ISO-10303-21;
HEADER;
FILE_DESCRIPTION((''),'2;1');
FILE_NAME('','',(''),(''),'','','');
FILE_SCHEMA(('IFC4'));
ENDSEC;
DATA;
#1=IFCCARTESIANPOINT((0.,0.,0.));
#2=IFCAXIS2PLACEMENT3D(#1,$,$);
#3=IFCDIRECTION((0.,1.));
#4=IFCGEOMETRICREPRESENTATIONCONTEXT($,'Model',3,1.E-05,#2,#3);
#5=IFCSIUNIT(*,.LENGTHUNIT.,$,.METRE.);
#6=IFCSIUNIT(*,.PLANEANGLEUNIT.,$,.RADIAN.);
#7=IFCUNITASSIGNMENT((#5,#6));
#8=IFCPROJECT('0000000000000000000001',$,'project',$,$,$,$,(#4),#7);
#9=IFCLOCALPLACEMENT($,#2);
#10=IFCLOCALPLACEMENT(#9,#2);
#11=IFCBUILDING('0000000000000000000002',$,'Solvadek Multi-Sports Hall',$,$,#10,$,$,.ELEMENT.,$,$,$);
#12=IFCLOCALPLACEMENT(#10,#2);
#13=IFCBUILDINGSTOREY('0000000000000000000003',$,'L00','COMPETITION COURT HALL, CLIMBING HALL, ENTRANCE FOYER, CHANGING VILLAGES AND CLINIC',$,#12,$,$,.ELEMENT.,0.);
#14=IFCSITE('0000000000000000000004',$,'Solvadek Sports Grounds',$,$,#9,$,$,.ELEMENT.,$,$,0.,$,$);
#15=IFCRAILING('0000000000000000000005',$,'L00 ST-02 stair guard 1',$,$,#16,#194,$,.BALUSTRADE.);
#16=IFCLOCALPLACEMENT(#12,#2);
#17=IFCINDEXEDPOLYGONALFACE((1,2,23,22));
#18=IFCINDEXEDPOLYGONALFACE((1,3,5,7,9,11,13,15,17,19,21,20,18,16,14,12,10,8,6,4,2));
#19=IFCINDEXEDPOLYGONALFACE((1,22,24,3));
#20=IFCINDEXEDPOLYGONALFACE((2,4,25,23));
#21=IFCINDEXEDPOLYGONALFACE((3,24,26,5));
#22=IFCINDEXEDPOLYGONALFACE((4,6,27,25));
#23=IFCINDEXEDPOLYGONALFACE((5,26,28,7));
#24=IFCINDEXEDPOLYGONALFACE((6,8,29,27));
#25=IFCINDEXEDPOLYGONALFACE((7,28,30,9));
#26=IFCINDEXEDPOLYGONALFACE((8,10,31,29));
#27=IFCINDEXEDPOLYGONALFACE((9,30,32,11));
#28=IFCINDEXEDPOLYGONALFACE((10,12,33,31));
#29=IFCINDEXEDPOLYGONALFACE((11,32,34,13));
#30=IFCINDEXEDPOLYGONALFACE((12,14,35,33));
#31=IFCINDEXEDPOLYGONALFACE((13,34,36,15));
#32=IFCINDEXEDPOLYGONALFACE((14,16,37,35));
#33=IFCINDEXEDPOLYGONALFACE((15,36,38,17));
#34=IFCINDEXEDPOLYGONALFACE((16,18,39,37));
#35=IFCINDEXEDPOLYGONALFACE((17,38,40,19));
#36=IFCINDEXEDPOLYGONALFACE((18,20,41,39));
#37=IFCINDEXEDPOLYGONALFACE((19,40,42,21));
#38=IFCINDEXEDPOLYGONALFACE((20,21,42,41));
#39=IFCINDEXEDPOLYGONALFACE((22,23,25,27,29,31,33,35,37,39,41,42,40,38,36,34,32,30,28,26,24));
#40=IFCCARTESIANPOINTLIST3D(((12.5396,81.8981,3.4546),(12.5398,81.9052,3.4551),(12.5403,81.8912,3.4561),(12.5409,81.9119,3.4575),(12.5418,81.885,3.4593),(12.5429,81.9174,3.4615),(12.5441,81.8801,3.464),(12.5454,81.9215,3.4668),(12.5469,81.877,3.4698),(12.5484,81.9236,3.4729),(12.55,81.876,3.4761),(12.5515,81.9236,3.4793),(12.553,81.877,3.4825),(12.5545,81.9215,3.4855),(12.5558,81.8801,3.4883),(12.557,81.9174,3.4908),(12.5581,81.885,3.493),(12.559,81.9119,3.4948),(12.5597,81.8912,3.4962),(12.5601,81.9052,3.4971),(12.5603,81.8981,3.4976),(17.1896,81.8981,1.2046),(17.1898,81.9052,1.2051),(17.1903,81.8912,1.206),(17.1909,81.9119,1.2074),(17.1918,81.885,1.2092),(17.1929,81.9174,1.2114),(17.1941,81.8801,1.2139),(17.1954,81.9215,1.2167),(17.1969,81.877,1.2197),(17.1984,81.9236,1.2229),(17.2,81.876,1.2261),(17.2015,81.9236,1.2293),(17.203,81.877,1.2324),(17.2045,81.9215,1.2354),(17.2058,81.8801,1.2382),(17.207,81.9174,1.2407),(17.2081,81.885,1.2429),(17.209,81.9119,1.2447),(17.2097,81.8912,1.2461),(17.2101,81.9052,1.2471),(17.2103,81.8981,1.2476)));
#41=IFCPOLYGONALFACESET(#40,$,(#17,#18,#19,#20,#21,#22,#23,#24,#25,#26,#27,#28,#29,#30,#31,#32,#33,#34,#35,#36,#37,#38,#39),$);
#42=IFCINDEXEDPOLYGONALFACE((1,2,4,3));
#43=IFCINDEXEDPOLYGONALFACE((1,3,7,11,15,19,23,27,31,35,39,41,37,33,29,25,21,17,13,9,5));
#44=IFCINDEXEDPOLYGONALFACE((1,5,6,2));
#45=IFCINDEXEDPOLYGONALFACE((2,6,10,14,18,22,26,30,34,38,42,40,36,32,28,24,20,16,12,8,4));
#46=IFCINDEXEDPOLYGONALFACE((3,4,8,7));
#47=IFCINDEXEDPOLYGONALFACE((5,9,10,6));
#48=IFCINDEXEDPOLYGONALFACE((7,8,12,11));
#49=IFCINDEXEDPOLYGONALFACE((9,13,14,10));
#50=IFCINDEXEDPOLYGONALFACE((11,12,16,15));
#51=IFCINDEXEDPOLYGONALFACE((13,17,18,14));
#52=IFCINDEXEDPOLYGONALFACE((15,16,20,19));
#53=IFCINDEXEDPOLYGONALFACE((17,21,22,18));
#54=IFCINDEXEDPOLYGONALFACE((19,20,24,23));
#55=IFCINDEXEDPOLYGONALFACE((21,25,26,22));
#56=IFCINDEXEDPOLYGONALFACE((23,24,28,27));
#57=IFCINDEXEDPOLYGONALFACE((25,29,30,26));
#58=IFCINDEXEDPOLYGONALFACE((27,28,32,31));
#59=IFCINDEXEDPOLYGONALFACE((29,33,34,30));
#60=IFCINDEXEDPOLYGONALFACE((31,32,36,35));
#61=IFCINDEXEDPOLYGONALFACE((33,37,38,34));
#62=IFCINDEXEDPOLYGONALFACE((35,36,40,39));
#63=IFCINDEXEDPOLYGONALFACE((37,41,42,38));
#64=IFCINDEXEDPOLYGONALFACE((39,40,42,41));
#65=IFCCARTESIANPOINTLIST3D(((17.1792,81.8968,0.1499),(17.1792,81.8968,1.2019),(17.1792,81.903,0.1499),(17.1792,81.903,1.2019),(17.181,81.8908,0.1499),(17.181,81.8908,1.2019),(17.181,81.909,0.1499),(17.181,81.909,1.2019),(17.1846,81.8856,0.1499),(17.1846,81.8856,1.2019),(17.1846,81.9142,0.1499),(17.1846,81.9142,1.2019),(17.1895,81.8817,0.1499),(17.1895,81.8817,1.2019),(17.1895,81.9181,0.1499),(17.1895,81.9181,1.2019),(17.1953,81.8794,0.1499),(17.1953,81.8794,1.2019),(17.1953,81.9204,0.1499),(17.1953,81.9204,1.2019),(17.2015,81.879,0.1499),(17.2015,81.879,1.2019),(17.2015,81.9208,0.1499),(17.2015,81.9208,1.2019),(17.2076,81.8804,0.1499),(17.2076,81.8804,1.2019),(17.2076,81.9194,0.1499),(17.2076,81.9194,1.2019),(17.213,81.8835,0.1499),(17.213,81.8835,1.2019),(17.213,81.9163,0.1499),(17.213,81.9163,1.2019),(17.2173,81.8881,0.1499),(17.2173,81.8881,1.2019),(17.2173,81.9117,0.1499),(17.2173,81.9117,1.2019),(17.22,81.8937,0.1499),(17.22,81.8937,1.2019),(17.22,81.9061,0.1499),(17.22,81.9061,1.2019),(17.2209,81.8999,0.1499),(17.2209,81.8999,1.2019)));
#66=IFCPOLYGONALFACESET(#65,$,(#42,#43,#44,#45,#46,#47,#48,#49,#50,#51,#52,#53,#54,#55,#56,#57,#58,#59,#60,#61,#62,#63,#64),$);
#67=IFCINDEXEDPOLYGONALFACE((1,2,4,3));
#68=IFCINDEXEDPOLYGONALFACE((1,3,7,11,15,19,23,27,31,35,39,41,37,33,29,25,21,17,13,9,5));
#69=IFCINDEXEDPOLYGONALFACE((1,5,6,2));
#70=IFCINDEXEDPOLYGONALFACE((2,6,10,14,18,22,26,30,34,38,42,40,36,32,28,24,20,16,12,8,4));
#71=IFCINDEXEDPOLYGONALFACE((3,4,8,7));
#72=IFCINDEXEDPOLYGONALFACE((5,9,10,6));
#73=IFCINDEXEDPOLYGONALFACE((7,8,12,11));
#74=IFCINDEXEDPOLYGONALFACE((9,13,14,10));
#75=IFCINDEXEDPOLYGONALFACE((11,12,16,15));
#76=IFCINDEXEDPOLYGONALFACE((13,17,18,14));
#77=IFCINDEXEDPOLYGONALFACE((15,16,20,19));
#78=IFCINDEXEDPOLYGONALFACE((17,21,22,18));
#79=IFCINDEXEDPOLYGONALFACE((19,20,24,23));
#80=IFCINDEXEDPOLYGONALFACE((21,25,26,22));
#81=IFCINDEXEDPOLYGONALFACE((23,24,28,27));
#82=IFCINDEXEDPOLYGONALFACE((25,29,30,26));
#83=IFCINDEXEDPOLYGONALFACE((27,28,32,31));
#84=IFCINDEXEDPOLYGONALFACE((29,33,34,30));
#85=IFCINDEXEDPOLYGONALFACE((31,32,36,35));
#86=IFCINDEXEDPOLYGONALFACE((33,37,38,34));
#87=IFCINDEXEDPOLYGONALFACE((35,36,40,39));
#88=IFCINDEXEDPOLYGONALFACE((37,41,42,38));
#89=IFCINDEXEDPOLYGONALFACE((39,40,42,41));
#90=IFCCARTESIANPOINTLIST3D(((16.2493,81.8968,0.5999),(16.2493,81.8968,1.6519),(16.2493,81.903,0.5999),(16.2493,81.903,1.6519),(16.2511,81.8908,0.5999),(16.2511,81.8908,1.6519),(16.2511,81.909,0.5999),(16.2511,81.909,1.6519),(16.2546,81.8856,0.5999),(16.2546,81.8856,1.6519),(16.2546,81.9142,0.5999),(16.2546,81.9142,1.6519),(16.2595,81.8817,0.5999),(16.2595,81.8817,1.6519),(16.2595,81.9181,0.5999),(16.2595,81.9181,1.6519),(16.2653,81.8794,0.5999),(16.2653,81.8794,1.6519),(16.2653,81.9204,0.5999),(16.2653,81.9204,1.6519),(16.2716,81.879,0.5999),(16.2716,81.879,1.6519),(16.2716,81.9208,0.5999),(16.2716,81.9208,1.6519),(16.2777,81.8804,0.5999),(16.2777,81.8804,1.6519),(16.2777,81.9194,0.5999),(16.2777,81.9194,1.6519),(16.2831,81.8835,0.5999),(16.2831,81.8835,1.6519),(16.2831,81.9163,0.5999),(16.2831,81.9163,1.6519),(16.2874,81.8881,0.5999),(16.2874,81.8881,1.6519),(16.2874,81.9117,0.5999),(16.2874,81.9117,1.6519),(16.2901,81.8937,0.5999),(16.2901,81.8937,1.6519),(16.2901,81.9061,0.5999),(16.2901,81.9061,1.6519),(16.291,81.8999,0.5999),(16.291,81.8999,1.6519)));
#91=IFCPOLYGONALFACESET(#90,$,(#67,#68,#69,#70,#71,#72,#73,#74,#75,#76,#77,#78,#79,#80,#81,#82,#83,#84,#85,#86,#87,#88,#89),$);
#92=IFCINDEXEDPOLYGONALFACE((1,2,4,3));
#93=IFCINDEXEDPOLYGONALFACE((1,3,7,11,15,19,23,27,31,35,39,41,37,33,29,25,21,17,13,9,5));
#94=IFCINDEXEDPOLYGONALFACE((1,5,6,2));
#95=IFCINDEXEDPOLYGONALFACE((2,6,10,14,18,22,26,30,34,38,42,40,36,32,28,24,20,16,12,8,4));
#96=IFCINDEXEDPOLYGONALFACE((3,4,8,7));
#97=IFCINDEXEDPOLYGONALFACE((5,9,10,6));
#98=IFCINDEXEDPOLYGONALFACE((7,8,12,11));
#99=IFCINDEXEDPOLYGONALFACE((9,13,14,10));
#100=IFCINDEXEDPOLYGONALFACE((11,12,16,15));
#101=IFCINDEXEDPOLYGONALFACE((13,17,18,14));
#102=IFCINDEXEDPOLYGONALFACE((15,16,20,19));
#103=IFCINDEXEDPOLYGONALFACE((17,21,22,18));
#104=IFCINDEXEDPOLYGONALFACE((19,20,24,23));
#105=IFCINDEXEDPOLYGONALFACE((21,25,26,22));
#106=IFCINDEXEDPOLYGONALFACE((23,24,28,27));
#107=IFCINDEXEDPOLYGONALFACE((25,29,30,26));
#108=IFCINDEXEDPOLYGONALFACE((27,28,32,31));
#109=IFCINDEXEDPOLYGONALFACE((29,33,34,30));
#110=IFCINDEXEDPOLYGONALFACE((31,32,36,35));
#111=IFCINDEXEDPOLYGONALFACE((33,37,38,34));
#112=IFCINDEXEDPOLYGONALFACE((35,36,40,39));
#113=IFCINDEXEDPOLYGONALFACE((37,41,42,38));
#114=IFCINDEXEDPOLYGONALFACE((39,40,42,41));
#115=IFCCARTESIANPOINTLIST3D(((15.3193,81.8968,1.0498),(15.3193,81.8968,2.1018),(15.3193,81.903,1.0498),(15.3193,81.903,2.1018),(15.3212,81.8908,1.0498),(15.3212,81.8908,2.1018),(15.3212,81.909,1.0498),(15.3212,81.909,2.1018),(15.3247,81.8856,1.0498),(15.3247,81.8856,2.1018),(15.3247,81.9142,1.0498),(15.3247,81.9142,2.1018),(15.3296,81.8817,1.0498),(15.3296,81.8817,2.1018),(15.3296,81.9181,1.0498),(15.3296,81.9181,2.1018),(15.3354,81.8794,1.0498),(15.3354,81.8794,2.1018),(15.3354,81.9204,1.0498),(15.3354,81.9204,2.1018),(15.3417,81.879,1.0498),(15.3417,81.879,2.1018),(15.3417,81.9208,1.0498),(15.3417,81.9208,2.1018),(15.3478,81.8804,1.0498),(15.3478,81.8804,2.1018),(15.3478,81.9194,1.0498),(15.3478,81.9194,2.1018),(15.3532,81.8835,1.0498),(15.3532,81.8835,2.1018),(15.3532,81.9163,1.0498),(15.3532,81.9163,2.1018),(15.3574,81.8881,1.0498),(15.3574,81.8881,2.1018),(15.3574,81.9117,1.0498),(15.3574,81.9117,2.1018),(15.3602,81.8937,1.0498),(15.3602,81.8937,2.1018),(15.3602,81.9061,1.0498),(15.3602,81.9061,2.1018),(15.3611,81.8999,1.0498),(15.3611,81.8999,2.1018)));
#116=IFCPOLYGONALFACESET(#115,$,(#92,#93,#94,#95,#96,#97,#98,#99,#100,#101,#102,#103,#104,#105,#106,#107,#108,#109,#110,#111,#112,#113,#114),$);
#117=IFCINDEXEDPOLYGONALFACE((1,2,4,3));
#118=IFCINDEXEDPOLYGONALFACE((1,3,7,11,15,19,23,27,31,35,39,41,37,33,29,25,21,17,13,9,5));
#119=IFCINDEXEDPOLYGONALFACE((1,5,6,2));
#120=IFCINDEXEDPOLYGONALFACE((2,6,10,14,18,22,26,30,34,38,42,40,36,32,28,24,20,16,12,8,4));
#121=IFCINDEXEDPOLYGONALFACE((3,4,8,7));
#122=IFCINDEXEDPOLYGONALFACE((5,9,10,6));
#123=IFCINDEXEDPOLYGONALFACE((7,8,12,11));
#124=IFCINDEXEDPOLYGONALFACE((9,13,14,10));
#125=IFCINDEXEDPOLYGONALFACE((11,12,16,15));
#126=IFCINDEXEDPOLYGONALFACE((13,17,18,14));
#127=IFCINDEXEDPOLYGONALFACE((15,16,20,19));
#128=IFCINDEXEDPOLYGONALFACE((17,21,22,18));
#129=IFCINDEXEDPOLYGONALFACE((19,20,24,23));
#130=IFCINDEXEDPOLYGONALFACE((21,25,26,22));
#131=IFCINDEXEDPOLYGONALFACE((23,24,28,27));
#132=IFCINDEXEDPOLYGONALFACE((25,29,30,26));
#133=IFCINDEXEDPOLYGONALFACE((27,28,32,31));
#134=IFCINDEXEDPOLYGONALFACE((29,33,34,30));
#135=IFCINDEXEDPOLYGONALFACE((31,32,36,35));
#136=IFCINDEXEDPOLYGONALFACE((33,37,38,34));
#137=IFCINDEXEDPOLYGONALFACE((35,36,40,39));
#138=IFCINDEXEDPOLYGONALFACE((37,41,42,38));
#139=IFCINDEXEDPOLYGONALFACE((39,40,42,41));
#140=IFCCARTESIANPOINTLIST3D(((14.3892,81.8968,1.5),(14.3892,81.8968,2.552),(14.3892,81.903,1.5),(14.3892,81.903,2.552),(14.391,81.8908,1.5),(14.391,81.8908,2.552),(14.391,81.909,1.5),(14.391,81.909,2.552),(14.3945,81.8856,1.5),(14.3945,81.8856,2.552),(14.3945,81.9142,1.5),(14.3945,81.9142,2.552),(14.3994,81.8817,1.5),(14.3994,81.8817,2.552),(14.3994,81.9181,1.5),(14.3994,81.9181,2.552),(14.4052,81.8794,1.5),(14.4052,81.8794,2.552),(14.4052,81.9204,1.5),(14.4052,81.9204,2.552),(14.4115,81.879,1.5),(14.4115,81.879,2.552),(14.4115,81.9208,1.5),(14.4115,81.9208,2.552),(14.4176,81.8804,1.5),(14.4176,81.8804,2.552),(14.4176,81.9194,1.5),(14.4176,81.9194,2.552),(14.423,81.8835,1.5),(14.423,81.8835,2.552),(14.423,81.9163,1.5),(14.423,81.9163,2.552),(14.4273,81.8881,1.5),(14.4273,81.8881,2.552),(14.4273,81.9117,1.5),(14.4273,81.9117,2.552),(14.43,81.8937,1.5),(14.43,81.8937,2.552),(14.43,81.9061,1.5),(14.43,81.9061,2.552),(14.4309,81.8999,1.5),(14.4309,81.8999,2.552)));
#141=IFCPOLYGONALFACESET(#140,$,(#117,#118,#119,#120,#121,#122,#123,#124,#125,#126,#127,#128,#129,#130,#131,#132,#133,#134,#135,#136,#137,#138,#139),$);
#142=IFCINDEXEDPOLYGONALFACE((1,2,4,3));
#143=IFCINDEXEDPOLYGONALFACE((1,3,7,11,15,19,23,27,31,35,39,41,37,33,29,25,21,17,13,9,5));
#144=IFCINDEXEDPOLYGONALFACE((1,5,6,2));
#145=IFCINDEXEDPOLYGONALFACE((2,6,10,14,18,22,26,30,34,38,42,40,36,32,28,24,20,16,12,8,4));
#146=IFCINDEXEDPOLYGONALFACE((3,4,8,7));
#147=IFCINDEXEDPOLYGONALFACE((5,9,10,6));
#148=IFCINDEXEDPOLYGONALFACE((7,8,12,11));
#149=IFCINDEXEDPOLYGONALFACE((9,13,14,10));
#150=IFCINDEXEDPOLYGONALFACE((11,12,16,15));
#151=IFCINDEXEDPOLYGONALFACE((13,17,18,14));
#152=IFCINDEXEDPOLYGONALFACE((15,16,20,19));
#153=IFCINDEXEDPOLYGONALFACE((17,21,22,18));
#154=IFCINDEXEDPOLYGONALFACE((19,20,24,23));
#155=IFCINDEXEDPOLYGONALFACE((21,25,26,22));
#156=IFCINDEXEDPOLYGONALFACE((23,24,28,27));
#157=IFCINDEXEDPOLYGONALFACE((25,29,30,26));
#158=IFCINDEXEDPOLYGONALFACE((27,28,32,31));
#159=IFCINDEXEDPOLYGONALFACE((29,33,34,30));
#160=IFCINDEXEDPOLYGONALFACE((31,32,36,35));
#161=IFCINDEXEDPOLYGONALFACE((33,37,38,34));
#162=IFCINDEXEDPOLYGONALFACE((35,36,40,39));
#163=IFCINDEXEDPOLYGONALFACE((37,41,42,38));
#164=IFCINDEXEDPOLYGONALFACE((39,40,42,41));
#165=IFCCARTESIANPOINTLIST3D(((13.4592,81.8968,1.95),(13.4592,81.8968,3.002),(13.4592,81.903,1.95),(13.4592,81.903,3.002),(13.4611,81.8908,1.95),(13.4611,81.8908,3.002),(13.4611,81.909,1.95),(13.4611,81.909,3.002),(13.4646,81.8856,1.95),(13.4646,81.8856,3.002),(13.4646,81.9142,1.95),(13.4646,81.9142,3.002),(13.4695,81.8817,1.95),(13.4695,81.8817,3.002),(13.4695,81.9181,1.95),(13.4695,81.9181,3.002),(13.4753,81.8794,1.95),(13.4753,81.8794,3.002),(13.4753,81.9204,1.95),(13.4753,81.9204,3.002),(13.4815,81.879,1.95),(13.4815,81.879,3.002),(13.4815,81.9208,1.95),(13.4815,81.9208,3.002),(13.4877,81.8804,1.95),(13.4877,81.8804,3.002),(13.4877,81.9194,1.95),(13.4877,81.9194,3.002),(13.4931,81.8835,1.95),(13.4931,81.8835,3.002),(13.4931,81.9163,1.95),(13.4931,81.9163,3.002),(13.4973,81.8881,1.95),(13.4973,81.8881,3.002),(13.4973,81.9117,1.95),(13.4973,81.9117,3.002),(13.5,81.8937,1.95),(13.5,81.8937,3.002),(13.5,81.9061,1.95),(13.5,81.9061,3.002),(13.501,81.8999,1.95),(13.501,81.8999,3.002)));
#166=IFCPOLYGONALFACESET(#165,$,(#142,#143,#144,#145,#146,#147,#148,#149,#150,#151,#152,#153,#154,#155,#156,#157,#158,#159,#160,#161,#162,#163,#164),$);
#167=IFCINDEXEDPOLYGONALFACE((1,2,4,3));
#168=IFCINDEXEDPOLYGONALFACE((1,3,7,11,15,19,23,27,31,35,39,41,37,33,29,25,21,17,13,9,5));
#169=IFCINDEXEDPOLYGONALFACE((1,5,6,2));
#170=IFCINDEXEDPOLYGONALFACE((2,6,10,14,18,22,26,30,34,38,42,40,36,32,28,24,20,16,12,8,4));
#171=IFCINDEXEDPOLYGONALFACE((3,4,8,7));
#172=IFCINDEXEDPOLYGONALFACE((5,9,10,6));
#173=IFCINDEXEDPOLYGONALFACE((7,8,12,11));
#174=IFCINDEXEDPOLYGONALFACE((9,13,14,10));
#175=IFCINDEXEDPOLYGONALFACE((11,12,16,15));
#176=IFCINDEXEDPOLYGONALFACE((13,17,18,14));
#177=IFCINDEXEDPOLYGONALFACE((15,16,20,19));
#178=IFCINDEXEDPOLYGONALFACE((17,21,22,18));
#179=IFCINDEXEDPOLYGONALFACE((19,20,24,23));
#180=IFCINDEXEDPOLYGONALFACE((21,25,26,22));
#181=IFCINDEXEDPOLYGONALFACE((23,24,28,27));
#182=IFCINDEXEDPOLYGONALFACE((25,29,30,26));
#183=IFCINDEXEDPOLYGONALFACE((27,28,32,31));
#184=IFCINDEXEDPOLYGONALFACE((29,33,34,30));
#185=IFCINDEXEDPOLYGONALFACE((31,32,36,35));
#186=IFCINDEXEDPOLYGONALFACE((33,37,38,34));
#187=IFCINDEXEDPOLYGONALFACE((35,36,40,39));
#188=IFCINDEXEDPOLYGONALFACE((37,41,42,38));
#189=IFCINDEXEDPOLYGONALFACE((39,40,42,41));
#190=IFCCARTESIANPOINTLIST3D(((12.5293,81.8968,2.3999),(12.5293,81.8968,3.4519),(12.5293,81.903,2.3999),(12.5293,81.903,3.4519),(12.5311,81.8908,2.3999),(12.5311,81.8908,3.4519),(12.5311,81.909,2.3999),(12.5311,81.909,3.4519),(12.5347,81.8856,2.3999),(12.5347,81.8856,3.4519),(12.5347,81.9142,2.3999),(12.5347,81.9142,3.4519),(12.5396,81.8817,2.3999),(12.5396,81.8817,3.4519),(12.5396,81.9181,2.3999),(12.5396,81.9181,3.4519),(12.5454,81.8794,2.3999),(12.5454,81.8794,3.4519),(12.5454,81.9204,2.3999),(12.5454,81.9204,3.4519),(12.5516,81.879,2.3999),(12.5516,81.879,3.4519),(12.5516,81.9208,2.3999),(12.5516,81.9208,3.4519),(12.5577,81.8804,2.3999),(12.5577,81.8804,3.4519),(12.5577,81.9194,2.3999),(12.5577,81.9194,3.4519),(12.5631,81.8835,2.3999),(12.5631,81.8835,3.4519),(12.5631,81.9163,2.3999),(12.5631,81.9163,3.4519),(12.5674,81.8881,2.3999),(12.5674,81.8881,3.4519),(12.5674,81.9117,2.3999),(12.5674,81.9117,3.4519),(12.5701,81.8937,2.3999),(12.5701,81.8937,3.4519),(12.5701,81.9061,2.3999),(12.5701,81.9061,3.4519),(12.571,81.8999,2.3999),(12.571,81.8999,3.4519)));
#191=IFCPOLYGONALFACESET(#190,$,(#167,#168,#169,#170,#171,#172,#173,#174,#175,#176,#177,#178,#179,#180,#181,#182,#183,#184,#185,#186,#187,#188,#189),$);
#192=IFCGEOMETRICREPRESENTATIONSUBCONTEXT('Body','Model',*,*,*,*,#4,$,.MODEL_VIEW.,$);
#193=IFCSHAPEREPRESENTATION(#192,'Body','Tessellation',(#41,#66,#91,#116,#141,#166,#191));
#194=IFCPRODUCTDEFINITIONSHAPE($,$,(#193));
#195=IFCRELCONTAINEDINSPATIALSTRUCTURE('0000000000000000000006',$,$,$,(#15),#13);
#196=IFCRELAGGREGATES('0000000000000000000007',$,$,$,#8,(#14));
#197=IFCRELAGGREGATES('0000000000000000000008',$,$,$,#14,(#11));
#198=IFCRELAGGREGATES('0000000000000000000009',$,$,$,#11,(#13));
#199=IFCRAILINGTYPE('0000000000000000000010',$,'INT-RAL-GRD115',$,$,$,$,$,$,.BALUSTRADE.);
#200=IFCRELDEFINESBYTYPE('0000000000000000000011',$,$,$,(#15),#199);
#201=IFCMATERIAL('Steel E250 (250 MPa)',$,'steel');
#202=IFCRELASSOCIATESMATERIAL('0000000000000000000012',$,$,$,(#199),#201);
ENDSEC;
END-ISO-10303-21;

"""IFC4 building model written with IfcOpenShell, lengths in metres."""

from ifc_helpers import new_model, si_unit, direction, frame, origin, origin_2d, place, context, subcontext, project, spatial, circle, extrude, material, type_object, element, save


model = new_model("IFC4")

# Units and contexts
model_context = context("Model", 3, precision=1e-05, world=origin(), true_north=direction((0.0, 1.0)))
body_context = subcontext(model_context, "Body", "Model", "MODEL_VIEW")
ifc_project = project(units=[si_unit("LENGTHUNIT", "METRE"), si_unit("PLANEANGLEUNIT", "RADIAN")], contexts=[model_context])

# Site, building, storey
site_placement = place(None, origin())
site = spatial("IfcSite", under=ifc_project, at=site_placement, Name="Solvadek Sports Grounds", CompositionType="ELEMENT", RefElevation=0.0)
building_placement = place(site_placement, origin())
building = spatial("IfcBuilding", under=site, at=building_placement, Name="Solvadek Multi-Sports Hall", CompositionType="ELEMENT")
storey_placement = place(building_placement, origin())
storey = spatial("IfcBuildingStorey", under=building, at=storey_placement, Name="L00", Description="COMPETITION COURT HALL, CLIMBING HALL, ENTRANCE FOYER, CHANGING VILLAGES AND CLINIC", CompositionType="ELEMENT", Elevation=0.0)

# Shared definitions
ifc_material_1 = material(Name="Steel E250 (250 MPa)", Category="steel")

# Railing
railing_type_1 = type_object("IfcRailingType", Name="INT-RAL-GRD115", PredefinedType="BALUSTRADE", material=ifc_material_1)
railing_1_placement = place(storey_placement, frame((17.2, 81.8999, 0.1499)))
element("IfcRailing", 1, at=railing_1_placement, inside=storey, type_object=railing_type_1, Name="L00 ST-02 stair guard 1", PredefinedType="BALUSTRADE", context=body_context, shape_type="SweptSolid", body=[
    extrude(circle(Radius=0.0239, at=origin_2d()), frame((0.0, 0.0, 1.0762), z_axis=(-0.900156, 0.0, 0.435568), x_axis=(0.0, -1.0, 0.0)), (0.0, 0.0, 1.0), 5.1658),
    extrude(circle(Radius=0.021, at=origin_2d()), origin(), (0.0, 0.0, 1.0), 1.052),
    extrude(circle(Radius=0.021, at=origin_2d()), frame((-0.9299, 0.0, 0.45)), (0.0, 0.0, 1.0), 1.052),
    extrude(circle(Radius=0.021, at=origin_2d()), frame((-1.8599, 0.0, 0.8999)), (0.0, 0.0, 1.0), 1.052),
    extrude(circle(Radius=0.021, at=origin_2d()), frame((-2.79, 0.0, 1.3501)), (0.0, 0.0, 1.0), 1.052),
    extrude(circle(Radius=0.021, at=origin_2d()), frame((-3.72, 0.0, 1.8)), (0.0, 0.0, 1.0), 1.052),
    extrude(circle(Radius=0.021, at=origin_2d()), frame((-4.6499, 0.0, 2.25)), (0.0, 0.0, 1.0), 1.052),
])

save(model, "model.ifc")
